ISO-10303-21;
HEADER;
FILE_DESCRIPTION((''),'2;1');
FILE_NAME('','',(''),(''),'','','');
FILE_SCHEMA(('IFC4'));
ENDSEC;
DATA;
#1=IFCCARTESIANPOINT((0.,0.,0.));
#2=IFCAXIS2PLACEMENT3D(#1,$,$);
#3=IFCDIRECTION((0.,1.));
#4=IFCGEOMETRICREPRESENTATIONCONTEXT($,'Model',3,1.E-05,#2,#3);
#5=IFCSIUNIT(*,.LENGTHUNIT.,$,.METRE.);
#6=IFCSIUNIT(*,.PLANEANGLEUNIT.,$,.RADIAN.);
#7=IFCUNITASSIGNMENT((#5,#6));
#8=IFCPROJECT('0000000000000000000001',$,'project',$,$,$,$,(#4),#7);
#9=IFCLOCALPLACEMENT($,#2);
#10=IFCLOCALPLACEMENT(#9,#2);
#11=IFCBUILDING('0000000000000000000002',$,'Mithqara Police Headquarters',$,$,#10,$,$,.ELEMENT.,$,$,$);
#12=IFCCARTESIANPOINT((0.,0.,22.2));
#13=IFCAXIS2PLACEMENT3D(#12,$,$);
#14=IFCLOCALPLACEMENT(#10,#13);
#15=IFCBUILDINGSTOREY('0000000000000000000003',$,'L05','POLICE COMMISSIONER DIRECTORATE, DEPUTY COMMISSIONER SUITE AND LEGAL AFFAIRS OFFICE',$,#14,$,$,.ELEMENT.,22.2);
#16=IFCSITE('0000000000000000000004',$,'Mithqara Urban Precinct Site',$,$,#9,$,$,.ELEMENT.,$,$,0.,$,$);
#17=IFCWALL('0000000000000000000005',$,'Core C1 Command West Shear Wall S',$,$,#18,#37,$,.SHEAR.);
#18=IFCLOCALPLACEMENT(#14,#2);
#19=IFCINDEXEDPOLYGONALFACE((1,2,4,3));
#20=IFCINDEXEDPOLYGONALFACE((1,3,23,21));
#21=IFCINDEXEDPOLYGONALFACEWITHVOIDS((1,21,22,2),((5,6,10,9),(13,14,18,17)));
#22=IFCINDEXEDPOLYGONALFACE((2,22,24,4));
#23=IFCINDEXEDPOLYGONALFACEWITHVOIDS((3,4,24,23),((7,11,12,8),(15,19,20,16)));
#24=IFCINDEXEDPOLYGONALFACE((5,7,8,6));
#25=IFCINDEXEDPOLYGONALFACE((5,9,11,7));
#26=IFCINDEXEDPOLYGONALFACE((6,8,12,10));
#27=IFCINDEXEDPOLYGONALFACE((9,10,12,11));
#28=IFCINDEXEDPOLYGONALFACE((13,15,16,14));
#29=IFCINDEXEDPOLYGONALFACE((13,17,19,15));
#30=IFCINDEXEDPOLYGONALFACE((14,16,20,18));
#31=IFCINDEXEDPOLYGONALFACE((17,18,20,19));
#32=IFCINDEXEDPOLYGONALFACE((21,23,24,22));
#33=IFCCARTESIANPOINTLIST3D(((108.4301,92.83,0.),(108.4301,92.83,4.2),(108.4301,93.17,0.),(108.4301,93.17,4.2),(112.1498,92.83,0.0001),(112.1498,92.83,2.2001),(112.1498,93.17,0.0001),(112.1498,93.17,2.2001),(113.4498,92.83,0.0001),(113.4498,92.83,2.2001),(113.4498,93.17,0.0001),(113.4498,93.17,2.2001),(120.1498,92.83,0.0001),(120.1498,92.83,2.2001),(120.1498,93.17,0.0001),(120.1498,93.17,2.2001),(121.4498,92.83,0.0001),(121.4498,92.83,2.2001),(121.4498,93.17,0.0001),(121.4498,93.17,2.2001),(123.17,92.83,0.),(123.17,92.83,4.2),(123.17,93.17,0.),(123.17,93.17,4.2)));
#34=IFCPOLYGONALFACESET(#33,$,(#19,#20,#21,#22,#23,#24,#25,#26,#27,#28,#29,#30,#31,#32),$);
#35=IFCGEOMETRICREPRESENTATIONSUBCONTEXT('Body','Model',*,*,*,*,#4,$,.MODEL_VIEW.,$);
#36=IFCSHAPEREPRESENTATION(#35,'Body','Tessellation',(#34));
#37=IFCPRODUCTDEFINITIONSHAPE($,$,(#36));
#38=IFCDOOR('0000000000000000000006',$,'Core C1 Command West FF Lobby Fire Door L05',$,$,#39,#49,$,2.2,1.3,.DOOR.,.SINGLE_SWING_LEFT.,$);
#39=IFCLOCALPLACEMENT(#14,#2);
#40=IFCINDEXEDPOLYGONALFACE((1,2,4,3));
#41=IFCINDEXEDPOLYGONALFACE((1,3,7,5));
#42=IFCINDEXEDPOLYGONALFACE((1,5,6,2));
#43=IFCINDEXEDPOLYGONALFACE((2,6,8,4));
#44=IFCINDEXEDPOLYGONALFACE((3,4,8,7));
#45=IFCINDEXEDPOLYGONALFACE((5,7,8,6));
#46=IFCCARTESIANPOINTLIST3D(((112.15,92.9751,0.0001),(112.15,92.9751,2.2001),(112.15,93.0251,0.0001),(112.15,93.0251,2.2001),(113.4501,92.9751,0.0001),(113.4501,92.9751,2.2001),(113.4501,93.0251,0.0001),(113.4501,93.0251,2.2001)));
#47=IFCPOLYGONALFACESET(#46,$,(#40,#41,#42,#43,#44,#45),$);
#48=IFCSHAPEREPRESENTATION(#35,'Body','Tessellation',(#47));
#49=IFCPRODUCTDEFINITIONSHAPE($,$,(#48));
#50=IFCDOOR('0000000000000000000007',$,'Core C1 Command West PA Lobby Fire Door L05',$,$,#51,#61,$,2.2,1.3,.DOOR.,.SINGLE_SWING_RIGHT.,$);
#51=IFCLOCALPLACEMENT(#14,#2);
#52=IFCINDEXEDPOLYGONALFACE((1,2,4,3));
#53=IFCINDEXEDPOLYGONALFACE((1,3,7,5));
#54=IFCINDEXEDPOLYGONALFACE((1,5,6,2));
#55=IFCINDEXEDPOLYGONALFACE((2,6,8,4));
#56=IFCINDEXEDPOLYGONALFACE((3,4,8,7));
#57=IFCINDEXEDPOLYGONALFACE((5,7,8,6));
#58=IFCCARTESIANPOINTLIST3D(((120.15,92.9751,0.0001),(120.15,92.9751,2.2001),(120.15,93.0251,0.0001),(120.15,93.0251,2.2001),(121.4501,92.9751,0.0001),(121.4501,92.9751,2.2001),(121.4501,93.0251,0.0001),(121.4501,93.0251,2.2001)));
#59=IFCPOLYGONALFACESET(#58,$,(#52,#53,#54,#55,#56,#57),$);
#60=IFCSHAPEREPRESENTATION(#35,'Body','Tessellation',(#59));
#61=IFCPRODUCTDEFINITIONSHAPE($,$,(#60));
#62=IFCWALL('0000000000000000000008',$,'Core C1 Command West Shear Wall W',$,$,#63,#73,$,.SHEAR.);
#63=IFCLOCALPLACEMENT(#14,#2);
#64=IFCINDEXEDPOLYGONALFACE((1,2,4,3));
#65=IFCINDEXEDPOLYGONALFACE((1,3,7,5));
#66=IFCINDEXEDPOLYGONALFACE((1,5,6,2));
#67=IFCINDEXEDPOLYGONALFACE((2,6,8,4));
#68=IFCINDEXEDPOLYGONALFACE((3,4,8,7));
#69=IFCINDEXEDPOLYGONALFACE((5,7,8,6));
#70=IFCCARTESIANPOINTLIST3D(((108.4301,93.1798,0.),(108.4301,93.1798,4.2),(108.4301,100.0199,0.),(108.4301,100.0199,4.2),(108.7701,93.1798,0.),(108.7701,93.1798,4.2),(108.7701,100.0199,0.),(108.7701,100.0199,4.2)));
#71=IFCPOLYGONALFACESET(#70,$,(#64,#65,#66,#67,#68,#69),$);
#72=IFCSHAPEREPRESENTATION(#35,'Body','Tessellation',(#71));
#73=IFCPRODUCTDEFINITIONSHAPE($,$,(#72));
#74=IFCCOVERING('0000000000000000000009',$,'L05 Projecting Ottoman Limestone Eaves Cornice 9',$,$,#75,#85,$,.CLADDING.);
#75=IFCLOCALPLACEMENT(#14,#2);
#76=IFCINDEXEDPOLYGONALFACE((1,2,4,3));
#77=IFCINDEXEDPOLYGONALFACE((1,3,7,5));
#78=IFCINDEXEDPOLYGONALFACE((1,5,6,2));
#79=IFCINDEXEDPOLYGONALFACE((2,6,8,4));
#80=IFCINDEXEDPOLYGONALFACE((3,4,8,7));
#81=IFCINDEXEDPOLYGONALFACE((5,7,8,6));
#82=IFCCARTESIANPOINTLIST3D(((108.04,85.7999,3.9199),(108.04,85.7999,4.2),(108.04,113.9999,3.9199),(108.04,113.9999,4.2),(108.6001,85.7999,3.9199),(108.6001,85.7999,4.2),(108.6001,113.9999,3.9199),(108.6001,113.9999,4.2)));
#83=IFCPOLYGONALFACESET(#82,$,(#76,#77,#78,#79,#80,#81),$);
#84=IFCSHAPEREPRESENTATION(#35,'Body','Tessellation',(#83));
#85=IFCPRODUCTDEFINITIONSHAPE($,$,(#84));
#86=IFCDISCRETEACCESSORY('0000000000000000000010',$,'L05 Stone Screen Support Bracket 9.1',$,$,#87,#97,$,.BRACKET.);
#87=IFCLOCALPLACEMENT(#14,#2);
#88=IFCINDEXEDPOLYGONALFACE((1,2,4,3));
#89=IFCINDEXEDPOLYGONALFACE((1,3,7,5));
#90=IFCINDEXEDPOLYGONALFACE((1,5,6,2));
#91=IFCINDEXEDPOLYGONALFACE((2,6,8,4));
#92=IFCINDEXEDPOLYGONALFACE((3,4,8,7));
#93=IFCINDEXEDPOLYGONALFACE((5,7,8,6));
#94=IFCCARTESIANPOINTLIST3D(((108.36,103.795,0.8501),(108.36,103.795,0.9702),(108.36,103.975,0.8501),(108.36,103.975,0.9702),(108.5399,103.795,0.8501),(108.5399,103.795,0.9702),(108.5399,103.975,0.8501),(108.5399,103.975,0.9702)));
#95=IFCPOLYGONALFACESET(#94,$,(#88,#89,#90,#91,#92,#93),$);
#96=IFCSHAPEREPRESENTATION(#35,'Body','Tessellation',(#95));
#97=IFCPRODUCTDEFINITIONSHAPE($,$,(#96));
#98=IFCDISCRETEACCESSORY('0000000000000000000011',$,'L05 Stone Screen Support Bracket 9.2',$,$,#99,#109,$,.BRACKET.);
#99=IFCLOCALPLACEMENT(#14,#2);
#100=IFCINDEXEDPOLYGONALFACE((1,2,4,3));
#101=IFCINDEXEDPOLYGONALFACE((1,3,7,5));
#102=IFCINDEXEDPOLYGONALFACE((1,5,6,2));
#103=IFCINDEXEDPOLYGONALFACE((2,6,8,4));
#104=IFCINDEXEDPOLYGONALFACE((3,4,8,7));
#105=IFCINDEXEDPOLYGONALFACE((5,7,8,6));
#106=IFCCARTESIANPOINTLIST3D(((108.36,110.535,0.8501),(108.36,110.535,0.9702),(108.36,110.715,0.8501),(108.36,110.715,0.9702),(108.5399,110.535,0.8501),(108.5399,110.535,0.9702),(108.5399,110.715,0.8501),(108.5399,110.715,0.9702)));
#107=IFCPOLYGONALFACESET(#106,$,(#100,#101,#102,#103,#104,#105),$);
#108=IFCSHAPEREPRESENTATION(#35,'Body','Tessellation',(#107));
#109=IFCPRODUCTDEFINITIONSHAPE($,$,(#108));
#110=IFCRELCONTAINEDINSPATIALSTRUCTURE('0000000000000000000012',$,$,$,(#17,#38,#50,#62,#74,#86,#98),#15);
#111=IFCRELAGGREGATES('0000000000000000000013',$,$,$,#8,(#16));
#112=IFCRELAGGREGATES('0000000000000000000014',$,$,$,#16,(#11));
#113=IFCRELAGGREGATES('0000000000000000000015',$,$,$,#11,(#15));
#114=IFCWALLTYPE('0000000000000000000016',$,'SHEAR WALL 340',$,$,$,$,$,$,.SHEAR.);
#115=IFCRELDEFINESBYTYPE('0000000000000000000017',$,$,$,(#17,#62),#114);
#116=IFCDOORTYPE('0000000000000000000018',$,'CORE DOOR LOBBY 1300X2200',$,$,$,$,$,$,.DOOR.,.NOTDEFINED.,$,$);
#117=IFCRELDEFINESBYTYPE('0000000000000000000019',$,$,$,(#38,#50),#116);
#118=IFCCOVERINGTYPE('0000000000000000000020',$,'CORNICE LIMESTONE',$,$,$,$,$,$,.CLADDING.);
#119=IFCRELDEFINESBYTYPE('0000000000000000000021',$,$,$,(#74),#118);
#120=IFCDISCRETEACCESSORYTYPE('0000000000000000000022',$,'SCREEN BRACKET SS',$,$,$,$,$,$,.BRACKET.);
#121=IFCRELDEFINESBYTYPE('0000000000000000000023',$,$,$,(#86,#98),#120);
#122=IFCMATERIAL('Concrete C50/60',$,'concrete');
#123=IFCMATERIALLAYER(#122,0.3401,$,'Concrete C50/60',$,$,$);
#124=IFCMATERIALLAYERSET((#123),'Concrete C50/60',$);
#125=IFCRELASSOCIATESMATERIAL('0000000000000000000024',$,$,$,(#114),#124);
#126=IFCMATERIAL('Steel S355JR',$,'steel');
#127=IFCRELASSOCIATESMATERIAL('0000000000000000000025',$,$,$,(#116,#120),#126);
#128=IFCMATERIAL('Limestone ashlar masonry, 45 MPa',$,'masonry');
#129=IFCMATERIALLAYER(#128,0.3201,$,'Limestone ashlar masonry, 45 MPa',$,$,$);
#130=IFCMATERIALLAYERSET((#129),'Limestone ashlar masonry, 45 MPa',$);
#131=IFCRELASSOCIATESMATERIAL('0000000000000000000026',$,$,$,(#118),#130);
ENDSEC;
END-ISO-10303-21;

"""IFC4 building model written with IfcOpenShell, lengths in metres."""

from ifc_helpers import new_model, si_unit, direction, frame, frame_2d, origin, origin_2d, place, context, subcontext, project, spatial, rectangle, extrude, material, layer, layer_set, type_object, element, fill, save


model = new_model("IFC4")

# Units and contexts
model_context = context("Model", 3, precision=1e-05, world=origin(), true_north=direction((0.0, 1.0)))
body_context = subcontext(model_context, "Body", "Model", "MODEL_VIEW")
ifc_project = project(units=[si_unit("LENGTHUNIT", "METRE"), si_unit("PLANEANGLEUNIT", "RADIAN")], contexts=[model_context])

# Site, building, storey
site_placement = place(None, origin())
site = spatial("IfcSite", under=ifc_project, at=site_placement, Name="Mithqara Urban Precinct Site", CompositionType="ELEMENT", RefElevation=0.0)
building_placement = place(site_placement, origin())
building = spatial("IfcBuilding", under=site, at=building_placement, Name="Mithqara Police Headquarters", CompositionType="ELEMENT")
storey_placement = place(building_placement, frame((0.0, 0.0, 22.2)))
storey = spatial("IfcBuildingStorey", under=building, at=storey_placement, Name="L05", Description="POLICE COMMISSIONER DIRECTORATE, DEPUTY COMMISSIONER SUITE AND LEGAL AFFAIRS OFFICE", CompositionType="ELEMENT", Elevation=22.2)

# Shared definitions
ifc_material_1 = material(Name="Concrete C50/60", Category="concrete")

# Shared definitions
ifc_material_2 = material(Name="Limestone ashlar masonry, 45 MPa", Category="masonry")

# Shared definitions
ifc_layer_1 = layer(ifc_material_1, 0.3401, Name="Concrete C50/60")
ifc_layer_set_1 = layer_set([ifc_layer_1], Name="Concrete C50/60")
wall_type = type_object("IfcWallType", Name="SHEAR WALL 340", PredefinedType="SHEAR", material=ifc_layer_set_1)

# Wall, openings, doors
wall_1_placement = place(storey_placement, frame((108.4299, 93.0, 0.0), z_axis=(0.0, 0.0, 1.0), x_axis=(1.0, 0.0, 0.0)))
wall_1 = element("IfcWall", 1, at=wall_1_placement, inside=storey, type_object=wall_type, Name="Core C1 Command West Shear Wall S", PredefinedType="SHEAR", context=body_context, shape_type="SweptSolid", body=[
    extrude(rectangle(XDim=14.74, YDim=0.3401, at=frame_2d((7.3701, 0.0))), origin(), (0.0, 0.0, 1.0), 4.2),
])
opening_1_placement = place(wall_1_placement, frame((3.72, 0.0, 0.0)))
opening_1 = element("IfcOpeningElement", 2, at=opening_1_placement, cuts=wall_1, PredefinedType="OPENING", context=body_context, shape_type="SweptSolid", body=[
    extrude(rectangle(XDim=1.3, YDim=2.2, at=frame_2d((0.6499, 1.1001))), frame((0.0, 0.1802, 0.0), z_axis=(0.0, -1.0, 0.0), x_axis=(1.0, 0.0, 0.0)), (0.0, 0.0, 1.0), 0.3601),
])
opening_2_placement = place(wall_1_placement, frame((11.72, 0.0, 0.0)))
opening_2 = element("IfcOpeningElement", 3, at=opening_2_placement, cuts=wall_1, PredefinedType="OPENING", context=body_context, shape_type="SweptSolid", body=[
    extrude(rectangle(XDim=1.3, YDim=2.2, at=frame_2d((0.6499, 1.1001))), frame((0.0, 0.1802, 0.0), z_axis=(0.0, -1.0, 0.0), x_axis=(1.0, 0.0, 0.0)), (0.0, 0.0, 1.0), 0.3601),
])
ifc_material_3 = material(Name="Steel S355JR", Category="steel")
door_type = type_object("IfcDoorType", Name="CORE DOOR LOBBY 1300X2200", OperationType="NOTDEFINED", PredefinedType="DOOR", material=ifc_material_3)
door_1_placement = place(opening_1_placement, frame((1.3, 0.0, 0.0), z_axis=(0.0, 0.0, 1.0), x_axis=(-1.0, 0.0, 0.0)))
door_1 = element("IfcDoor", 4, at=door_1_placement, inside=storey, type_object=door_type, Name="Core C1 Command West FF Lobby Fire Door L05", OperationType="SINGLE_SWING_LEFT", OverallHeight=2.2, OverallWidth=1.3, PredefinedType="DOOR", context=body_context, shape_type="SweptSolid", body=[
    extrude(rectangle(XDim=1.3, YDim=2.2, at=frame_2d((0.6499, 1.1001))), frame((0.0, 0.0249, 0.0), z_axis=(0.0, -1.0, 0.0), x_axis=(1.0, 0.0, 0.0)), (0.0, 0.0, 1.0), 0.05),
])
fill(opening_1, door_1)
door_2_placement = place(opening_2_placement, frame((1.3, 0.0, 0.0), z_axis=(0.0, 0.0, 1.0), x_axis=(-1.0, 0.0, 0.0)))
door_2 = element("IfcDoor", 5, at=door_2_placement, inside=storey, type_object=door_type, Name="Core C1 Command West PA Lobby Fire Door L05", OperationType="SINGLE_SWING_RIGHT", OverallHeight=2.2, OverallWidth=1.3, PredefinedType="DOOR", context=body_context, shape_type="SweptSolid", body=[
    extrude(rectangle(XDim=1.3, YDim=2.2, at=frame_2d((0.6499, 1.1001))), frame((0.0, 0.0249, 0.0), z_axis=(0.0, -1.0, 0.0), x_axis=(1.0, 0.0, 0.0)), (0.0, 0.0, 1.0), 0.05),
])
fill(opening_2, door_2)

# Wall
wall_2_placement = place(storey_placement, frame((108.6001, 93.1799, 0.0), z_axis=(0.0, 0.0, 1.0), x_axis=(0.0, 1.0, 0.0)))
element("IfcWall", 6, at=wall_2_placement, inside=storey, type_object=wall_type, Name="Core C1 Command West Shear Wall W", PredefinedType="SHEAR", context=body_context, shape_type="SweptSolid", body=[
    extrude(rectangle(XDim=6.8401, YDim=0.3401, at=frame_2d((3.4199, 0.0))), origin(), (0.0, 0.0, 1.0), 4.2),
])

# Covering
ifc_layer_2 = layer(ifc_material_2, 0.3201, Name="Limestone ashlar masonry, 45 MPa")
ifc_layer_set_2 = layer_set([ifc_layer_2], Name="Limestone ashlar masonry, 45 MPa")
covering_type = type_object("IfcCoveringType", Name="CORNICE LIMESTONE", PredefinedType="CLADDING", material=ifc_layer_set_2)
covering_placement = place(storey_placement, frame((108.3201, 99.8999, 3.9199), z_axis=(0.0, 0.0, 1.0), x_axis=(0.0, 1.0, 0.0)))
element("IfcCovering", 7, at=covering_placement, inside=storey, type_object=covering_type, Name="L05 Projecting Ottoman Limestone Eaves Cornice 9", PredefinedType="CLADDING", context=body_context, shape_type="SweptSolid", body=[
    extrude(rectangle(XDim=28.2, YDim=0.5601, at=origin_2d()), origin(), (0.0, 0.0, 1.0), 0.28),
])

# Discrete accessories
discrete_accessory_type = type_object("IfcDiscreteAccessoryType", Name="SCREEN BRACKET SS", PredefinedType="BRACKET", material=ifc_material_3)
for number, where, z_axis, x_axis, name in (
    (8, (108.45, 103.885, 0.8501), (0.0, 0.0, 1.0), (0.0, 1.0, 0.0), "L05 Stone Screen Support Bracket 9.1"),
    (9, (108.45, 110.625, 0.8501), (0.0, 0.0, 1.0), (0.0, 1.0, 0.0), "L05 Stone Screen Support Bracket 9.2"),
):
    element("IfcDiscreteAccessory", number, at=place(storey_placement, frame(where, z_axis=z_axis, x_axis=x_axis)), inside=storey, type_object=discrete_accessory_type, Name=name, PredefinedType="BRACKET", context=body_context, shape_type="SweptSolid", body=[
        extrude(rectangle(XDim=0.1799, YDim=0.1799, at=origin_2d()), origin(), (0.0, 0.0, 1.0), 0.1201),
    ])

save(model, "model.ifc")
